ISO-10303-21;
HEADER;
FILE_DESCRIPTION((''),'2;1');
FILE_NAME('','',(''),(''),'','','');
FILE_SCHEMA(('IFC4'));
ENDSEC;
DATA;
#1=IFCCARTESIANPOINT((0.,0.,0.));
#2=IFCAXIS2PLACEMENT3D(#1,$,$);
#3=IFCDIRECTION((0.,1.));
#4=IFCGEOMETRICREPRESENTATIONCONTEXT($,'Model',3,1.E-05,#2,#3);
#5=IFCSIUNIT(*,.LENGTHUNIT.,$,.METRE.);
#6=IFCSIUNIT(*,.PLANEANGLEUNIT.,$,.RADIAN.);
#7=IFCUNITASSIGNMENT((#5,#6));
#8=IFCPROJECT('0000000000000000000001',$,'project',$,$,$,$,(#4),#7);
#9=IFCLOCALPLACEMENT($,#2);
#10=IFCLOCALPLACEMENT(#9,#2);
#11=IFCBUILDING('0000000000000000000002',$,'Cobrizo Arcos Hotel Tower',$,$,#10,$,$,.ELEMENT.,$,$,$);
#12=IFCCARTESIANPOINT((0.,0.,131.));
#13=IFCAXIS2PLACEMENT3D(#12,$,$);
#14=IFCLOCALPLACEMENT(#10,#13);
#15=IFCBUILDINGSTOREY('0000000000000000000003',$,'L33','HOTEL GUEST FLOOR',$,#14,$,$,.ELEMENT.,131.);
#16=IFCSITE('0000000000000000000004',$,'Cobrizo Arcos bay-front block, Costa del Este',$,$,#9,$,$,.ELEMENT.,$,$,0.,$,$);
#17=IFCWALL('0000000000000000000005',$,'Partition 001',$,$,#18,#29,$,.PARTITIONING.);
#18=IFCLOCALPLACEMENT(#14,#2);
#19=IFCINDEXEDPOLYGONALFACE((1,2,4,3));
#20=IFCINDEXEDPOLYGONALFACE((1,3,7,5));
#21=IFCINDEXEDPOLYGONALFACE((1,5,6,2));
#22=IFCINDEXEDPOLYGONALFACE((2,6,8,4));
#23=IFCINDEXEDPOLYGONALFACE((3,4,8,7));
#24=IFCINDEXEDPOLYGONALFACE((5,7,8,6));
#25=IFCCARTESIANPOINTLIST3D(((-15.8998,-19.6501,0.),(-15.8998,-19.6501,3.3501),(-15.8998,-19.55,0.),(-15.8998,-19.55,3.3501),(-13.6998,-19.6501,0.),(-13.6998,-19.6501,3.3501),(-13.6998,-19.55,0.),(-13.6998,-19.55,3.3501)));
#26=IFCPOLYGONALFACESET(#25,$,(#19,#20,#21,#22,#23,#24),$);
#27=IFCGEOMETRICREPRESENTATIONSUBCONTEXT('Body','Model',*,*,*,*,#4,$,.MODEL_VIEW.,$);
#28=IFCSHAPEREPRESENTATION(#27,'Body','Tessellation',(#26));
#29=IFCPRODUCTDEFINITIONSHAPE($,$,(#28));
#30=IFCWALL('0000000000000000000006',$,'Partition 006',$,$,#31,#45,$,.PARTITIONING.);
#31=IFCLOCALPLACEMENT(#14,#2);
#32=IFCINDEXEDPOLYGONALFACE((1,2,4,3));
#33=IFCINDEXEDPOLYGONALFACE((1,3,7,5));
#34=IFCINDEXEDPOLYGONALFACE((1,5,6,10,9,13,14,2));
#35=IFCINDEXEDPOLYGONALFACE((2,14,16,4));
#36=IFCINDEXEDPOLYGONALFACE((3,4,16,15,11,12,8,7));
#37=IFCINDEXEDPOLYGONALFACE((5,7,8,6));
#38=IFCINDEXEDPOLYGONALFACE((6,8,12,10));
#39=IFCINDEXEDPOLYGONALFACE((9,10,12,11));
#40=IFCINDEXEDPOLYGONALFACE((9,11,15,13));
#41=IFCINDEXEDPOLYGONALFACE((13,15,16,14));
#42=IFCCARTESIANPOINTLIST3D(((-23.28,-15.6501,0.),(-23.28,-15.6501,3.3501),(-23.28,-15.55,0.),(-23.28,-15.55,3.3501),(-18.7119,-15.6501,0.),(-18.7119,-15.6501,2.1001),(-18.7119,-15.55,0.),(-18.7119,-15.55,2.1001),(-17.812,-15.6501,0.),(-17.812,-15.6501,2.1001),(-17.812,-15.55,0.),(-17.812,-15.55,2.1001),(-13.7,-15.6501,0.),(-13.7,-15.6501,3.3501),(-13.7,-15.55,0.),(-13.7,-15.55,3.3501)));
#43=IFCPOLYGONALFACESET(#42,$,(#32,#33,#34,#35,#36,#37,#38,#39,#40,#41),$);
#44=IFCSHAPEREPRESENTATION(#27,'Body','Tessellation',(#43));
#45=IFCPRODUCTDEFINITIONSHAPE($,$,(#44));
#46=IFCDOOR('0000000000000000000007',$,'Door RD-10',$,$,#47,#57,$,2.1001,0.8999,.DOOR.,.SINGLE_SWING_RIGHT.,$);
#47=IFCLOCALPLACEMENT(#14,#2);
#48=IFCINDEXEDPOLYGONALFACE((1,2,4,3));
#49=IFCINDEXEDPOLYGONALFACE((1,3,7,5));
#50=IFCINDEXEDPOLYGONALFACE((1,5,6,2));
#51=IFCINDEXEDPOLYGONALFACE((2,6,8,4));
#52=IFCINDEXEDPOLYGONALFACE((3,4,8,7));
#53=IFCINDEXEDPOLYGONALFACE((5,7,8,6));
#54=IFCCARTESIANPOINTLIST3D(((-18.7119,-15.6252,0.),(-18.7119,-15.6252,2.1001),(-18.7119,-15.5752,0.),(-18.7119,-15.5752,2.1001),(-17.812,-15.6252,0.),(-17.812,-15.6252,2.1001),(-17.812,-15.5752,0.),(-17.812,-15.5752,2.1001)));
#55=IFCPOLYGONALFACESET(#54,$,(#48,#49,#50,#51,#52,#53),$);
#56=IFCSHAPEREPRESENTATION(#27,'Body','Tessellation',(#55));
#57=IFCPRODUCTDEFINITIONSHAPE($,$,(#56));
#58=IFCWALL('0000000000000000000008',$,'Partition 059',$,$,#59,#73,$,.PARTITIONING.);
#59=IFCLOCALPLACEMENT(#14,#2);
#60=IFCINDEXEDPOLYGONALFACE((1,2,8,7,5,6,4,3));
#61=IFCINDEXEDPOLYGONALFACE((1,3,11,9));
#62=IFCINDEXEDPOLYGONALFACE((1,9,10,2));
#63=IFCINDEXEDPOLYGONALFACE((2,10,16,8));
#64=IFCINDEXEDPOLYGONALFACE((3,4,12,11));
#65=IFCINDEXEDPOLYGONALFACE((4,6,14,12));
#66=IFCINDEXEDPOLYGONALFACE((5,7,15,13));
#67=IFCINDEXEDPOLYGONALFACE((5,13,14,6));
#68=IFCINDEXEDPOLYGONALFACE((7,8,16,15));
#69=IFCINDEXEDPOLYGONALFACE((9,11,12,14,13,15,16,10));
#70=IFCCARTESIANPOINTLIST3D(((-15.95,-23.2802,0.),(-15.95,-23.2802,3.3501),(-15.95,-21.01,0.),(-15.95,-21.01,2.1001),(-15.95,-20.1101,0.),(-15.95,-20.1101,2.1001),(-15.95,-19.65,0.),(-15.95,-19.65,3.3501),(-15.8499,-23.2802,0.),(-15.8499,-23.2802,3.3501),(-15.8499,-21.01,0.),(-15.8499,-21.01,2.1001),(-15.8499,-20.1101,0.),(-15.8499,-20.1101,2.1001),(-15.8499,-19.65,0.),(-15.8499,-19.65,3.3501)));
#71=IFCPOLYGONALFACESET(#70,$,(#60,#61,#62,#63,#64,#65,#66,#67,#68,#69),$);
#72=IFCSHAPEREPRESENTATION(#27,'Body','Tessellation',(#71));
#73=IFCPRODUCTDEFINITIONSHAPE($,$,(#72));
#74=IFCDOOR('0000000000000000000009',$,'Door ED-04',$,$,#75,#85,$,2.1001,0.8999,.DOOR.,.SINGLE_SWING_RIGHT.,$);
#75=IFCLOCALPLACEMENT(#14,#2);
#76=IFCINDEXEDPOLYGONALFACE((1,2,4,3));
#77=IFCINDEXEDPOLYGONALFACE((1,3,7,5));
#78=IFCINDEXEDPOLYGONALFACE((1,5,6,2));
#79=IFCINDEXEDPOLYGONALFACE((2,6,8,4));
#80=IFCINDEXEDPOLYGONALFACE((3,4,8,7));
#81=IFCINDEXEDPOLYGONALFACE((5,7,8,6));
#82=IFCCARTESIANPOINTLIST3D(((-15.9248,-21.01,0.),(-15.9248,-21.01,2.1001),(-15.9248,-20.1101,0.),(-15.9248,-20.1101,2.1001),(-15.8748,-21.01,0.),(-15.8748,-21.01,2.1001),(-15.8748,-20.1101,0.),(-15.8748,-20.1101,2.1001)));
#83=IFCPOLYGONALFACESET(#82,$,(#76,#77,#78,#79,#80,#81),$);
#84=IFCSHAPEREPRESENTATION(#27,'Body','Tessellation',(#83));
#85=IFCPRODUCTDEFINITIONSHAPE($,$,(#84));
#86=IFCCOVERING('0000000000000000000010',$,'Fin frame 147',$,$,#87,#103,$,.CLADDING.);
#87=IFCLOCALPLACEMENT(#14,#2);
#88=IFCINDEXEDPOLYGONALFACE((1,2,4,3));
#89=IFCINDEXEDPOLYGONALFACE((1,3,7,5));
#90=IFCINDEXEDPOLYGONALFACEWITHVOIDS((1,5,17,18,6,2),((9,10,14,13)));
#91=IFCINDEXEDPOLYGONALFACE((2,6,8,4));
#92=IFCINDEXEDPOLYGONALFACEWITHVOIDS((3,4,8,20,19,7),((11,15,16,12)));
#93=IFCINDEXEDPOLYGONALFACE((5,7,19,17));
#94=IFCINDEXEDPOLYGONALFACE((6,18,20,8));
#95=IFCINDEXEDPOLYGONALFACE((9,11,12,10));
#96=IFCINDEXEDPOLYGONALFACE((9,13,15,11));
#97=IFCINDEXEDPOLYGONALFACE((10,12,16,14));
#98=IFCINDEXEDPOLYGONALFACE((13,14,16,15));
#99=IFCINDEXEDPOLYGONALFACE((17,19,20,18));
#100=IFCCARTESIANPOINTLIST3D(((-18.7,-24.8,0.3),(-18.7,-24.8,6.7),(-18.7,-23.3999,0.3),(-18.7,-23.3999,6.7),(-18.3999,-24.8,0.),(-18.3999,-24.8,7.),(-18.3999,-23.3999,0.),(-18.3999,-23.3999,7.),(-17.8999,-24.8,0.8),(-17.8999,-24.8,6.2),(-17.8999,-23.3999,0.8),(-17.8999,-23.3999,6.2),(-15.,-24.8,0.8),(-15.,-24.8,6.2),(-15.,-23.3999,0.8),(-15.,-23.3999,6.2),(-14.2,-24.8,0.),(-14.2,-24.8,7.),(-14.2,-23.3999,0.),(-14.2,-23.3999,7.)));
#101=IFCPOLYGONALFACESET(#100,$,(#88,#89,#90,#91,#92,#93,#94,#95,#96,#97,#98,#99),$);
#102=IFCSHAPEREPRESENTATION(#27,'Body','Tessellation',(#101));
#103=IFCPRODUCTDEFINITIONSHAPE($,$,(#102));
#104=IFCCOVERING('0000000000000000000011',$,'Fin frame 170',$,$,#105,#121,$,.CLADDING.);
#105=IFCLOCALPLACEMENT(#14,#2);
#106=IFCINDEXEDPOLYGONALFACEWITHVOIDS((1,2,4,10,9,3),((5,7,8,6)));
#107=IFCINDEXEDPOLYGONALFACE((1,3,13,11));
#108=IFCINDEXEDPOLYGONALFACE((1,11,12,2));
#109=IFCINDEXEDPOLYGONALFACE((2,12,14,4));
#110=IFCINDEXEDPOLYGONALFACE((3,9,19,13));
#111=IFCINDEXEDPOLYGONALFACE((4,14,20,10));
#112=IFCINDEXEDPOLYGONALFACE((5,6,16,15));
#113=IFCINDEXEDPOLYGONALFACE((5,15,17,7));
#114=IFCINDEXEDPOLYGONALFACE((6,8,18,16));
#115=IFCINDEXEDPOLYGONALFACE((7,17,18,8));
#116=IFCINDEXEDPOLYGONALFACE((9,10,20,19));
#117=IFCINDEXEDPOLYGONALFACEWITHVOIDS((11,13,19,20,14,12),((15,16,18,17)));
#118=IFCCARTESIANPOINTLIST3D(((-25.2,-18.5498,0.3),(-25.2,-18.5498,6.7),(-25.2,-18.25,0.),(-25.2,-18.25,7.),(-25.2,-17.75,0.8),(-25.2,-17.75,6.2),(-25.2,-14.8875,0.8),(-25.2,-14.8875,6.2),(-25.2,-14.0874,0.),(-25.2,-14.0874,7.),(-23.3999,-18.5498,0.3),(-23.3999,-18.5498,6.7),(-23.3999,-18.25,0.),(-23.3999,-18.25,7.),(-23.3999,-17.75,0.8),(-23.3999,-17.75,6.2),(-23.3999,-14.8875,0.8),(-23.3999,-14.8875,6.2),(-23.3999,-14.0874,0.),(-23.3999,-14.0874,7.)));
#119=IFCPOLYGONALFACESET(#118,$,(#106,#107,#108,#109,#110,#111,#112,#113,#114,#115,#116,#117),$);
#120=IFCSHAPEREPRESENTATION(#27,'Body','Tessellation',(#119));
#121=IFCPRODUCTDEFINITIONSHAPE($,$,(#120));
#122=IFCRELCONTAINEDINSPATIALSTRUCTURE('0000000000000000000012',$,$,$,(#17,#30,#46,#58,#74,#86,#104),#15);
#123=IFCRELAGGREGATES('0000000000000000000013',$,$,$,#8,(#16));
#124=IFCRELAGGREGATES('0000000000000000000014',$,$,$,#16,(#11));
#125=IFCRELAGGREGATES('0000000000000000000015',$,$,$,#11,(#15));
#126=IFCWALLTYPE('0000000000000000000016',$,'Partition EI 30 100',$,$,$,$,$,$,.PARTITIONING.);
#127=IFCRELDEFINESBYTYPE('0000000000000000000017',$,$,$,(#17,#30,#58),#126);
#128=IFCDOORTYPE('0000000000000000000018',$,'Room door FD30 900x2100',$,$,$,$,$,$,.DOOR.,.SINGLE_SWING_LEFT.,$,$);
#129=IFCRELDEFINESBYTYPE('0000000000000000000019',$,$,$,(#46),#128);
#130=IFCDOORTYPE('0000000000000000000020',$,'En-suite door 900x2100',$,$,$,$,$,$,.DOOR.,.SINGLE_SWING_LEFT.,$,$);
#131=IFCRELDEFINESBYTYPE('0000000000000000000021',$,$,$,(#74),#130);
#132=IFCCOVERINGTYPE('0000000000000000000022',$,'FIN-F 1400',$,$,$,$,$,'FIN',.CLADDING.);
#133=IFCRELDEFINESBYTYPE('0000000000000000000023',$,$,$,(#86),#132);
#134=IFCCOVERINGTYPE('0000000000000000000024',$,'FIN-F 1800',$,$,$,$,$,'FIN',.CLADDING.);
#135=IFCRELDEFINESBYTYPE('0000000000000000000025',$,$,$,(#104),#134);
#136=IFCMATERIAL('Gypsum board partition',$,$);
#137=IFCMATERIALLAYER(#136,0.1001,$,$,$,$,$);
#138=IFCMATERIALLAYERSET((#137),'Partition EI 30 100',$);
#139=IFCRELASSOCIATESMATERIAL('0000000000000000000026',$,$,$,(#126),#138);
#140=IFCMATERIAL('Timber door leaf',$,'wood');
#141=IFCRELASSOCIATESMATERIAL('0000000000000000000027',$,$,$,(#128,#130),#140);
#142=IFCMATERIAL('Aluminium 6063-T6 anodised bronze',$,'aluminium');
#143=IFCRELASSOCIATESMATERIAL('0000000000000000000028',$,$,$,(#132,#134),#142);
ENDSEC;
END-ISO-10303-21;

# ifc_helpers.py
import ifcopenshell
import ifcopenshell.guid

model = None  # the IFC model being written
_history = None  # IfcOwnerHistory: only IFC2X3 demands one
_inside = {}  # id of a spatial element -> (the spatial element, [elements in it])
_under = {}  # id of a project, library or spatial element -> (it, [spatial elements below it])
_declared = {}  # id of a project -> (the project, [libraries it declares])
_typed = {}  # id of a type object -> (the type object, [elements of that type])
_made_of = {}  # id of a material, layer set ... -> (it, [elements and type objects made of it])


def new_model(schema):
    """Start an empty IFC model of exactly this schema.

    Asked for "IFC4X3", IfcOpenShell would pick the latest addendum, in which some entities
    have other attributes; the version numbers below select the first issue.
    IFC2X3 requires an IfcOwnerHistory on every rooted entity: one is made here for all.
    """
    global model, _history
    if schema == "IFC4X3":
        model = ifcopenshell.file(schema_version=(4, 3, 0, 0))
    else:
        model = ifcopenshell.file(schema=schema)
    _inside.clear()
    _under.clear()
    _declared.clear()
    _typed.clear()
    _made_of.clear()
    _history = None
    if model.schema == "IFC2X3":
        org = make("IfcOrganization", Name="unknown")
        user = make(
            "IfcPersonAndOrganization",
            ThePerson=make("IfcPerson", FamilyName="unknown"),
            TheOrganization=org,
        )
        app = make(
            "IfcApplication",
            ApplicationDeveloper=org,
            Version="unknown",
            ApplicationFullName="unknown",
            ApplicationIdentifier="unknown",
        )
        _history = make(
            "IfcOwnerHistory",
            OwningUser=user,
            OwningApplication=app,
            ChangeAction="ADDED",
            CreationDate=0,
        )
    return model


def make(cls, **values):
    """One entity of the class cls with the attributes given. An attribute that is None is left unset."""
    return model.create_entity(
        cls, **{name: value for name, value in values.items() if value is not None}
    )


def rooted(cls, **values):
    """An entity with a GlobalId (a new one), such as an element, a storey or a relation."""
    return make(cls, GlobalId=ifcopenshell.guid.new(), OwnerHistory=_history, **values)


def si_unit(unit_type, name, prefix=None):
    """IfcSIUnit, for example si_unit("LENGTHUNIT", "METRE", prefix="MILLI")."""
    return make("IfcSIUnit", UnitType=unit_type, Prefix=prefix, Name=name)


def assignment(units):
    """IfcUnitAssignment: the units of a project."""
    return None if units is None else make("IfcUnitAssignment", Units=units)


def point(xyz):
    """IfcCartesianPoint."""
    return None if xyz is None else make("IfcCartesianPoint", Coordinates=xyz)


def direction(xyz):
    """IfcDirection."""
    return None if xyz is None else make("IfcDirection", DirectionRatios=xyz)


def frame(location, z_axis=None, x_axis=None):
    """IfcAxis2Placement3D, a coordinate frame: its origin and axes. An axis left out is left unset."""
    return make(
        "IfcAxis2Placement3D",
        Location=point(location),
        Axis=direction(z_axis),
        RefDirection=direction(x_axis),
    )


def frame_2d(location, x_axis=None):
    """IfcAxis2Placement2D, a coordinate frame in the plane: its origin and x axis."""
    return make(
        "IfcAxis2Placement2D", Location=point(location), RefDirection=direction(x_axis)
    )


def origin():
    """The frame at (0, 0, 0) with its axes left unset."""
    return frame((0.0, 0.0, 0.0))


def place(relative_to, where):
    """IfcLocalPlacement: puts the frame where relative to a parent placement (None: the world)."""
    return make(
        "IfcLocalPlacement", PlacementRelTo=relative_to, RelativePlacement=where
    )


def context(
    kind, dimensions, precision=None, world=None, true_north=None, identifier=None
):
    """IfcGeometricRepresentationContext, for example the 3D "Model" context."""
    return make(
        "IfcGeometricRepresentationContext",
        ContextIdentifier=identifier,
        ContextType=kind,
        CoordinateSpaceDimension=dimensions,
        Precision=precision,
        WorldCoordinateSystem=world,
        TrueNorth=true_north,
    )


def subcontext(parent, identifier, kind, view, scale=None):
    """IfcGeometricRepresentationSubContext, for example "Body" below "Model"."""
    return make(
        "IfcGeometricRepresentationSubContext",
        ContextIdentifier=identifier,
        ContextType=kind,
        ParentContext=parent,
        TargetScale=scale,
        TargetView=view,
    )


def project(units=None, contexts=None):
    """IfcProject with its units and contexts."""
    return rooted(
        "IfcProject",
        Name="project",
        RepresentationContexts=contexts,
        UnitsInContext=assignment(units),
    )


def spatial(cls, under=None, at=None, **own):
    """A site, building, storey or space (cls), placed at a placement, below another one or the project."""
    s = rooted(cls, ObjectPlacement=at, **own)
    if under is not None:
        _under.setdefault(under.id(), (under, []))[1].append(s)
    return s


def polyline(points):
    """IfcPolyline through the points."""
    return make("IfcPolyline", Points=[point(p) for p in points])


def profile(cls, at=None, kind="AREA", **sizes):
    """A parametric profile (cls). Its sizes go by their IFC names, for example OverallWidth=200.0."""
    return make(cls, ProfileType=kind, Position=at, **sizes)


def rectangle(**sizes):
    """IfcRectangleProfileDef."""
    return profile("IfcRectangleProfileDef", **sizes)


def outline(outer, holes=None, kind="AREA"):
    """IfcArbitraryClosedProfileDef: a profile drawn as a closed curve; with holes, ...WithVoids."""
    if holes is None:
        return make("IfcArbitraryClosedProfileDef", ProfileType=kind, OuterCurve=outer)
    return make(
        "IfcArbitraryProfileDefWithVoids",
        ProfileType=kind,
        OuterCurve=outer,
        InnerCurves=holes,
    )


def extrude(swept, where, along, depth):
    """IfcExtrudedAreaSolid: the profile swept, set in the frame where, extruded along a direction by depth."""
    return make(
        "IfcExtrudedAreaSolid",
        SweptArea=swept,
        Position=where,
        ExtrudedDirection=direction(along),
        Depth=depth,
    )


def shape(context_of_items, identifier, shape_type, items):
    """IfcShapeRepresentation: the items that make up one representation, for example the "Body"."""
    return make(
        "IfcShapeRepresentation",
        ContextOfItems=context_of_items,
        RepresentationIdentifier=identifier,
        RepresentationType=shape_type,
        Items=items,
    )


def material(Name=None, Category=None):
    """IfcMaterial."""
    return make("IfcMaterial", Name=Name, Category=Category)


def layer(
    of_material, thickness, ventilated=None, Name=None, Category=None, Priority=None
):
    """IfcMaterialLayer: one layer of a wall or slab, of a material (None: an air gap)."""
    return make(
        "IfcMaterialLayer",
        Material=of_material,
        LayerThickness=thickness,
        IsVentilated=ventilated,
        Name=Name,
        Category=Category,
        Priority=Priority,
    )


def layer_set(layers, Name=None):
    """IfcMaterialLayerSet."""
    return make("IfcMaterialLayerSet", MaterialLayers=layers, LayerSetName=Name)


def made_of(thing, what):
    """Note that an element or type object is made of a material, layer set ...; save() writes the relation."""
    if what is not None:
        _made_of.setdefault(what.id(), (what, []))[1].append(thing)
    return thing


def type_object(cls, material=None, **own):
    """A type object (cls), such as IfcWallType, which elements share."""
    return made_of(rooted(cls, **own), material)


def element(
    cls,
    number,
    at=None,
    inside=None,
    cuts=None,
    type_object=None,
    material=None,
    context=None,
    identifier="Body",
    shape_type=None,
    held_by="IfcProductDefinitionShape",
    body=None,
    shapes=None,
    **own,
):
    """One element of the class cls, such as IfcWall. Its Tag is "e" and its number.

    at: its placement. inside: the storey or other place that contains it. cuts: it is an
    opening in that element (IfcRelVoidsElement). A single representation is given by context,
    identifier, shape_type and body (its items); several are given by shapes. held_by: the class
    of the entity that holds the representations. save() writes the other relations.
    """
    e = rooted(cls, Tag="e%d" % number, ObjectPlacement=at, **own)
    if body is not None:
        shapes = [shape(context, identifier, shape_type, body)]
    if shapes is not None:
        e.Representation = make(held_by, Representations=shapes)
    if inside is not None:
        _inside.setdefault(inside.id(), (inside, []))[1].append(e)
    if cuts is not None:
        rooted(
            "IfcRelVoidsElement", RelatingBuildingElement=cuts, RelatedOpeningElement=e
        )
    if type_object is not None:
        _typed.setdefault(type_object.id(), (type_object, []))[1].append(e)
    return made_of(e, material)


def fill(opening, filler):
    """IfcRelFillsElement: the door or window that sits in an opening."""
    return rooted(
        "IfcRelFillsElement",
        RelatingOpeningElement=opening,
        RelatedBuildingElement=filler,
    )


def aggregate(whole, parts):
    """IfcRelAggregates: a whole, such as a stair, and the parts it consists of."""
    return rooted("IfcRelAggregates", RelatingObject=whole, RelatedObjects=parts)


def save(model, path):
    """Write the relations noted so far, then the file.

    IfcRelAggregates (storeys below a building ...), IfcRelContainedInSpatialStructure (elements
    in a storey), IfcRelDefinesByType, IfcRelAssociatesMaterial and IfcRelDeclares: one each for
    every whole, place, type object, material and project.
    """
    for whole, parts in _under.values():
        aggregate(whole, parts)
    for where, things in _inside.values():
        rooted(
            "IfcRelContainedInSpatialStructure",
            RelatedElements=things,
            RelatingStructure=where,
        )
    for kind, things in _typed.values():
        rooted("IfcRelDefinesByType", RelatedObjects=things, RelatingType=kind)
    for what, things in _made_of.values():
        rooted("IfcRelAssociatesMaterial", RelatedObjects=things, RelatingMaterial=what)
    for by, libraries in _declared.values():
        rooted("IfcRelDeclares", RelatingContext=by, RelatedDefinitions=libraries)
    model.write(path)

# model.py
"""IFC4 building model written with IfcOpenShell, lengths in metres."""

from ifc_helpers import new_model, si_unit, direction, frame, frame_2d, origin, place, context, subcontext, project, spatial, polyline, rectangle, outline, extrude, material, layer, layer_set, type_object, element, fill, save


model = new_model("IFC4")

# Units and contexts
model_context = context("Model", 3, precision=1e-05, world=origin(), true_north=direction((0.0, 1.0)))
body_context = subcontext(model_context, "Body", "Model", "MODEL_VIEW")
ifc_project = project(units=[si_unit("LENGTHUNIT", "METRE"), si_unit("PLANEANGLEUNIT", "RADIAN")], contexts=[model_context])

# Site, building, storey
site_placement = place(None, origin())
site = spatial("IfcSite", under=ifc_project, at=site_placement, Name="Cobrizo Arcos bay-front block, Costa del Este", CompositionType="ELEMENT", RefElevation=0.0)
building_placement = place(site_placement, origin())
building = spatial("IfcBuilding", under=site, at=building_placement, Name="Cobrizo Arcos Hotel Tower", CompositionType="ELEMENT")
storey_placement = place(building_placement, frame((0.0, 0.0, 131.0)))
storey = spatial("IfcBuildingStorey", under=building, at=storey_placement, Name="L33", Description="HOTEL GUEST FLOOR", CompositionType="ELEMENT", Elevation=131.0)

# Shared definitions
ifc_material_1 = material(Name="Aluminium 6063-T6 anodised bronze", Category="aluminium")

# Shared definitions
ifc_material_2 = material(Name="Gypsum board partition")
ifc_material_3 = material(Name="Timber door leaf", Category="wood")

# Wall
ifc_layer_1 = layer(ifc_material_2, 0.1001)
ifc_layer_set_1 = layer_set([ifc_layer_1], Name="Partition EI 30 100")
wall_type_1 = type_object("IfcWallType", Name="Partition EI 30 100", PredefinedType="PARTITIONING", material=ifc_layer_set_1)
wall_1_placement = place(storey_placement, frame((-15.8999, -19.6001, 0.0), z_axis=(0.0, 0.0, 1.0), x_axis=(1.0, 0.0, 0.0)))
element("IfcWall", 1, at=wall_1_placement, inside=storey, type_object=wall_type_1, Name="Partition 001", PredefinedType="PARTITIONING", context=body_context, shape_type="SweptSolid", body=[
    extrude(rectangle(XDim=2.2, YDim=0.1001, at=frame_2d((1.1001, 0.0))), origin(), (0.0, 0.0, 1.0), 3.3501),
])

# Walls, openings, doors
wall_2_placement = place(storey_placement, frame((-23.28, -15.6001, 0.0), z_axis=(0.0, 0.0, 1.0), x_axis=(1.0, 0.0, 0.0)))
wall_2 = element("IfcWall", 2, at=wall_2_placement, inside=storey, type_object=wall_type_1, Name="Partition 006", PredefinedType="PARTITIONING", context=body_context, shape_type="SweptSolid", body=[
    extrude(rectangle(XDim=9.5801, YDim=0.1001, at=frame_2d((4.79, 0.0))), origin(), (0.0, 0.0, 1.0), 3.3501),
])
opening_1_placement = place(wall_2_placement, frame((4.5681, 0.0, 0.0)))
opening_1 = element("IfcOpeningElement", 3, at=opening_1_placement, cuts=wall_2, PredefinedType="OPENING", context=body_context, shape_type="SweptSolid", body=[
    extrude(rectangle(XDim=0.8999, YDim=2.1001, at=frame_2d((0.45, 1.05))), frame((0.0, 0.062, 0.0), z_axis=(0.0, -1.0, 0.0), x_axis=(1.0, 0.0, 0.0)), (0.0, 0.0, 1.0), 0.124),
])
door_type_1 = type_object("IfcDoorType", Name="Room door FD30 900x2100", OperationType="SINGLE_SWING_LEFT", PredefinedType="DOOR", material=ifc_material_3)
door_1_placement = place(opening_1_placement, origin())
door_1 = element("IfcDoor", 4, at=door_1_placement, inside=storey, type_object=door_type_1, Name="Door RD-10", OperationType="SINGLE_SWING_RIGHT", OverallHeight=2.1001, OverallWidth=0.8999, PredefinedType="DOOR", context=body_context, shape_type="SweptSolid", body=[
    extrude(rectangle(XDim=0.8999, YDim=2.1001, at=frame_2d((0.45, 1.05))), frame((0.0, 0.0249, 0.0), z_axis=(0.0, -1.0, 0.0), x_axis=(1.0, 0.0, 0.0)), (0.0, 0.0, 1.0), 0.05),
])
fill(opening_1, door_1)
wall_3_placement = place(storey_placement, frame((-15.8999, -23.28, 0.0), z_axis=(0.0, 0.0, 1.0), x_axis=(0.0, 1.0, 0.0)))
wall_3 = element("IfcWall", 5, at=wall_3_placement, inside=storey, type_object=wall_type_1, Name="Partition 059", PredefinedType="PARTITIONING", context=body_context, shape_type="SweptSolid", body=[
    extrude(rectangle(XDim=3.6301, YDim=0.1001, at=frame_2d((1.8149, 0.0))), origin(), (0.0, 0.0, 1.0), 3.3501),
])
opening_2_placement = place(wall_3_placement, frame((2.27, 0.0, 0.0)))
opening_2 = element("IfcOpeningElement", 6, at=opening_2_placement, cuts=wall_3, PredefinedType="OPENING", context=body_context, shape_type="SweptSolid", body=[
    extrude(rectangle(XDim=0.8999, YDim=2.1001, at=frame_2d((0.45, 1.05))), frame((0.0, 0.062, 0.0), z_axis=(0.0, -1.0, 0.0), x_axis=(1.0, 0.0, 0.0)), (0.0, 0.0, 1.0), 0.124),
])
door_type_2 = type_object("IfcDoorType", Name="En-suite door 900x2100", OperationType="SINGLE_SWING_LEFT", PredefinedType="DOOR", material=ifc_material_3)
door_2_placement = place(opening_2_placement, origin())
door_2 = element("IfcDoor", 7, at=door_2_placement, inside=storey, type_object=door_type_2, Name="Door ED-04", OperationType="SINGLE_SWING_RIGHT", OverallHeight=2.1001, OverallWidth=0.8999, PredefinedType="DOOR", context=body_context, shape_type="SweptSolid", body=[
    extrude(rectangle(XDim=0.8999, YDim=2.1001, at=frame_2d((0.45, 1.05))), frame((0.0, 0.0249, 0.0), z_axis=(0.0, -1.0, 0.0), x_axis=(1.0, 0.0, 0.0)), (0.0, 0.0, 1.0), 0.05),
])
fill(opening_2, door_2)

# Coverings
covering_type_1 = type_object("IfcCoveringType", Name="FIN-F 1400", ElementType="FIN", PredefinedType="CLADDING", material=ifc_material_1)
covering_1_placement = place(storey_placement, frame((-18.7, -23.3999, 0.0), z_axis=(0.0, -1.0, 0.0), x_axis=(1.0, 0.0, 0.0)))
element("IfcCovering", 8, at=covering_1_placement, inside=storey, type_object=covering_type_1, Name="Fin frame 147", PredefinedType="CLADDING", context=body_context, shape_type="SweptSolid", body=[
    extrude(outline(polyline([(0.0, 0.3), (0.3, 0.0), (4.5, 0.0), (4.5, 7.0), (0.3, 7.0), (0.0, 6.7), (0.0, 0.3)]), holes=[polyline([(3.7, 0.8), (0.8, 0.8), (0.8, 6.2), (3.7, 6.2), (3.7, 0.8)])]), origin(), (0.0, 0.0, 1.0), 1.4001),
])
covering_type_2 = type_object("IfcCoveringType", Name="FIN-F 1800", ElementType="FIN", PredefinedType="CLADDING", material=ifc_material_1)
covering_2_placement = place(storey_placement, frame((-23.3999, -14.0874, 0.0), z_axis=(-1.0, 0.0, 0.0), x_axis=(0.0, -1.0, 0.0)))
element("IfcCovering", 9, at=covering_2_placement, inside=storey, type_object=covering_type_2, Name="Fin frame 170", PredefinedType="CLADDING", context=body_context, shape_type="SweptSolid", body=[
    extrude(outline(polyline([(0.0, 7.0), (0.0, 0.0), (4.1626, 0.0), (4.4624, 0.3), (4.4624, 6.7), (4.1626, 7.0), (0.0, 7.0)]), holes=[polyline([(3.6626, 0.8), (0.8, 0.8), (0.8, 6.2), (3.6626, 6.2), (3.6626, 0.8)])]), origin(), (0.0, 0.0, 1.0), 1.8),
])

save(model, "model.ifc")
